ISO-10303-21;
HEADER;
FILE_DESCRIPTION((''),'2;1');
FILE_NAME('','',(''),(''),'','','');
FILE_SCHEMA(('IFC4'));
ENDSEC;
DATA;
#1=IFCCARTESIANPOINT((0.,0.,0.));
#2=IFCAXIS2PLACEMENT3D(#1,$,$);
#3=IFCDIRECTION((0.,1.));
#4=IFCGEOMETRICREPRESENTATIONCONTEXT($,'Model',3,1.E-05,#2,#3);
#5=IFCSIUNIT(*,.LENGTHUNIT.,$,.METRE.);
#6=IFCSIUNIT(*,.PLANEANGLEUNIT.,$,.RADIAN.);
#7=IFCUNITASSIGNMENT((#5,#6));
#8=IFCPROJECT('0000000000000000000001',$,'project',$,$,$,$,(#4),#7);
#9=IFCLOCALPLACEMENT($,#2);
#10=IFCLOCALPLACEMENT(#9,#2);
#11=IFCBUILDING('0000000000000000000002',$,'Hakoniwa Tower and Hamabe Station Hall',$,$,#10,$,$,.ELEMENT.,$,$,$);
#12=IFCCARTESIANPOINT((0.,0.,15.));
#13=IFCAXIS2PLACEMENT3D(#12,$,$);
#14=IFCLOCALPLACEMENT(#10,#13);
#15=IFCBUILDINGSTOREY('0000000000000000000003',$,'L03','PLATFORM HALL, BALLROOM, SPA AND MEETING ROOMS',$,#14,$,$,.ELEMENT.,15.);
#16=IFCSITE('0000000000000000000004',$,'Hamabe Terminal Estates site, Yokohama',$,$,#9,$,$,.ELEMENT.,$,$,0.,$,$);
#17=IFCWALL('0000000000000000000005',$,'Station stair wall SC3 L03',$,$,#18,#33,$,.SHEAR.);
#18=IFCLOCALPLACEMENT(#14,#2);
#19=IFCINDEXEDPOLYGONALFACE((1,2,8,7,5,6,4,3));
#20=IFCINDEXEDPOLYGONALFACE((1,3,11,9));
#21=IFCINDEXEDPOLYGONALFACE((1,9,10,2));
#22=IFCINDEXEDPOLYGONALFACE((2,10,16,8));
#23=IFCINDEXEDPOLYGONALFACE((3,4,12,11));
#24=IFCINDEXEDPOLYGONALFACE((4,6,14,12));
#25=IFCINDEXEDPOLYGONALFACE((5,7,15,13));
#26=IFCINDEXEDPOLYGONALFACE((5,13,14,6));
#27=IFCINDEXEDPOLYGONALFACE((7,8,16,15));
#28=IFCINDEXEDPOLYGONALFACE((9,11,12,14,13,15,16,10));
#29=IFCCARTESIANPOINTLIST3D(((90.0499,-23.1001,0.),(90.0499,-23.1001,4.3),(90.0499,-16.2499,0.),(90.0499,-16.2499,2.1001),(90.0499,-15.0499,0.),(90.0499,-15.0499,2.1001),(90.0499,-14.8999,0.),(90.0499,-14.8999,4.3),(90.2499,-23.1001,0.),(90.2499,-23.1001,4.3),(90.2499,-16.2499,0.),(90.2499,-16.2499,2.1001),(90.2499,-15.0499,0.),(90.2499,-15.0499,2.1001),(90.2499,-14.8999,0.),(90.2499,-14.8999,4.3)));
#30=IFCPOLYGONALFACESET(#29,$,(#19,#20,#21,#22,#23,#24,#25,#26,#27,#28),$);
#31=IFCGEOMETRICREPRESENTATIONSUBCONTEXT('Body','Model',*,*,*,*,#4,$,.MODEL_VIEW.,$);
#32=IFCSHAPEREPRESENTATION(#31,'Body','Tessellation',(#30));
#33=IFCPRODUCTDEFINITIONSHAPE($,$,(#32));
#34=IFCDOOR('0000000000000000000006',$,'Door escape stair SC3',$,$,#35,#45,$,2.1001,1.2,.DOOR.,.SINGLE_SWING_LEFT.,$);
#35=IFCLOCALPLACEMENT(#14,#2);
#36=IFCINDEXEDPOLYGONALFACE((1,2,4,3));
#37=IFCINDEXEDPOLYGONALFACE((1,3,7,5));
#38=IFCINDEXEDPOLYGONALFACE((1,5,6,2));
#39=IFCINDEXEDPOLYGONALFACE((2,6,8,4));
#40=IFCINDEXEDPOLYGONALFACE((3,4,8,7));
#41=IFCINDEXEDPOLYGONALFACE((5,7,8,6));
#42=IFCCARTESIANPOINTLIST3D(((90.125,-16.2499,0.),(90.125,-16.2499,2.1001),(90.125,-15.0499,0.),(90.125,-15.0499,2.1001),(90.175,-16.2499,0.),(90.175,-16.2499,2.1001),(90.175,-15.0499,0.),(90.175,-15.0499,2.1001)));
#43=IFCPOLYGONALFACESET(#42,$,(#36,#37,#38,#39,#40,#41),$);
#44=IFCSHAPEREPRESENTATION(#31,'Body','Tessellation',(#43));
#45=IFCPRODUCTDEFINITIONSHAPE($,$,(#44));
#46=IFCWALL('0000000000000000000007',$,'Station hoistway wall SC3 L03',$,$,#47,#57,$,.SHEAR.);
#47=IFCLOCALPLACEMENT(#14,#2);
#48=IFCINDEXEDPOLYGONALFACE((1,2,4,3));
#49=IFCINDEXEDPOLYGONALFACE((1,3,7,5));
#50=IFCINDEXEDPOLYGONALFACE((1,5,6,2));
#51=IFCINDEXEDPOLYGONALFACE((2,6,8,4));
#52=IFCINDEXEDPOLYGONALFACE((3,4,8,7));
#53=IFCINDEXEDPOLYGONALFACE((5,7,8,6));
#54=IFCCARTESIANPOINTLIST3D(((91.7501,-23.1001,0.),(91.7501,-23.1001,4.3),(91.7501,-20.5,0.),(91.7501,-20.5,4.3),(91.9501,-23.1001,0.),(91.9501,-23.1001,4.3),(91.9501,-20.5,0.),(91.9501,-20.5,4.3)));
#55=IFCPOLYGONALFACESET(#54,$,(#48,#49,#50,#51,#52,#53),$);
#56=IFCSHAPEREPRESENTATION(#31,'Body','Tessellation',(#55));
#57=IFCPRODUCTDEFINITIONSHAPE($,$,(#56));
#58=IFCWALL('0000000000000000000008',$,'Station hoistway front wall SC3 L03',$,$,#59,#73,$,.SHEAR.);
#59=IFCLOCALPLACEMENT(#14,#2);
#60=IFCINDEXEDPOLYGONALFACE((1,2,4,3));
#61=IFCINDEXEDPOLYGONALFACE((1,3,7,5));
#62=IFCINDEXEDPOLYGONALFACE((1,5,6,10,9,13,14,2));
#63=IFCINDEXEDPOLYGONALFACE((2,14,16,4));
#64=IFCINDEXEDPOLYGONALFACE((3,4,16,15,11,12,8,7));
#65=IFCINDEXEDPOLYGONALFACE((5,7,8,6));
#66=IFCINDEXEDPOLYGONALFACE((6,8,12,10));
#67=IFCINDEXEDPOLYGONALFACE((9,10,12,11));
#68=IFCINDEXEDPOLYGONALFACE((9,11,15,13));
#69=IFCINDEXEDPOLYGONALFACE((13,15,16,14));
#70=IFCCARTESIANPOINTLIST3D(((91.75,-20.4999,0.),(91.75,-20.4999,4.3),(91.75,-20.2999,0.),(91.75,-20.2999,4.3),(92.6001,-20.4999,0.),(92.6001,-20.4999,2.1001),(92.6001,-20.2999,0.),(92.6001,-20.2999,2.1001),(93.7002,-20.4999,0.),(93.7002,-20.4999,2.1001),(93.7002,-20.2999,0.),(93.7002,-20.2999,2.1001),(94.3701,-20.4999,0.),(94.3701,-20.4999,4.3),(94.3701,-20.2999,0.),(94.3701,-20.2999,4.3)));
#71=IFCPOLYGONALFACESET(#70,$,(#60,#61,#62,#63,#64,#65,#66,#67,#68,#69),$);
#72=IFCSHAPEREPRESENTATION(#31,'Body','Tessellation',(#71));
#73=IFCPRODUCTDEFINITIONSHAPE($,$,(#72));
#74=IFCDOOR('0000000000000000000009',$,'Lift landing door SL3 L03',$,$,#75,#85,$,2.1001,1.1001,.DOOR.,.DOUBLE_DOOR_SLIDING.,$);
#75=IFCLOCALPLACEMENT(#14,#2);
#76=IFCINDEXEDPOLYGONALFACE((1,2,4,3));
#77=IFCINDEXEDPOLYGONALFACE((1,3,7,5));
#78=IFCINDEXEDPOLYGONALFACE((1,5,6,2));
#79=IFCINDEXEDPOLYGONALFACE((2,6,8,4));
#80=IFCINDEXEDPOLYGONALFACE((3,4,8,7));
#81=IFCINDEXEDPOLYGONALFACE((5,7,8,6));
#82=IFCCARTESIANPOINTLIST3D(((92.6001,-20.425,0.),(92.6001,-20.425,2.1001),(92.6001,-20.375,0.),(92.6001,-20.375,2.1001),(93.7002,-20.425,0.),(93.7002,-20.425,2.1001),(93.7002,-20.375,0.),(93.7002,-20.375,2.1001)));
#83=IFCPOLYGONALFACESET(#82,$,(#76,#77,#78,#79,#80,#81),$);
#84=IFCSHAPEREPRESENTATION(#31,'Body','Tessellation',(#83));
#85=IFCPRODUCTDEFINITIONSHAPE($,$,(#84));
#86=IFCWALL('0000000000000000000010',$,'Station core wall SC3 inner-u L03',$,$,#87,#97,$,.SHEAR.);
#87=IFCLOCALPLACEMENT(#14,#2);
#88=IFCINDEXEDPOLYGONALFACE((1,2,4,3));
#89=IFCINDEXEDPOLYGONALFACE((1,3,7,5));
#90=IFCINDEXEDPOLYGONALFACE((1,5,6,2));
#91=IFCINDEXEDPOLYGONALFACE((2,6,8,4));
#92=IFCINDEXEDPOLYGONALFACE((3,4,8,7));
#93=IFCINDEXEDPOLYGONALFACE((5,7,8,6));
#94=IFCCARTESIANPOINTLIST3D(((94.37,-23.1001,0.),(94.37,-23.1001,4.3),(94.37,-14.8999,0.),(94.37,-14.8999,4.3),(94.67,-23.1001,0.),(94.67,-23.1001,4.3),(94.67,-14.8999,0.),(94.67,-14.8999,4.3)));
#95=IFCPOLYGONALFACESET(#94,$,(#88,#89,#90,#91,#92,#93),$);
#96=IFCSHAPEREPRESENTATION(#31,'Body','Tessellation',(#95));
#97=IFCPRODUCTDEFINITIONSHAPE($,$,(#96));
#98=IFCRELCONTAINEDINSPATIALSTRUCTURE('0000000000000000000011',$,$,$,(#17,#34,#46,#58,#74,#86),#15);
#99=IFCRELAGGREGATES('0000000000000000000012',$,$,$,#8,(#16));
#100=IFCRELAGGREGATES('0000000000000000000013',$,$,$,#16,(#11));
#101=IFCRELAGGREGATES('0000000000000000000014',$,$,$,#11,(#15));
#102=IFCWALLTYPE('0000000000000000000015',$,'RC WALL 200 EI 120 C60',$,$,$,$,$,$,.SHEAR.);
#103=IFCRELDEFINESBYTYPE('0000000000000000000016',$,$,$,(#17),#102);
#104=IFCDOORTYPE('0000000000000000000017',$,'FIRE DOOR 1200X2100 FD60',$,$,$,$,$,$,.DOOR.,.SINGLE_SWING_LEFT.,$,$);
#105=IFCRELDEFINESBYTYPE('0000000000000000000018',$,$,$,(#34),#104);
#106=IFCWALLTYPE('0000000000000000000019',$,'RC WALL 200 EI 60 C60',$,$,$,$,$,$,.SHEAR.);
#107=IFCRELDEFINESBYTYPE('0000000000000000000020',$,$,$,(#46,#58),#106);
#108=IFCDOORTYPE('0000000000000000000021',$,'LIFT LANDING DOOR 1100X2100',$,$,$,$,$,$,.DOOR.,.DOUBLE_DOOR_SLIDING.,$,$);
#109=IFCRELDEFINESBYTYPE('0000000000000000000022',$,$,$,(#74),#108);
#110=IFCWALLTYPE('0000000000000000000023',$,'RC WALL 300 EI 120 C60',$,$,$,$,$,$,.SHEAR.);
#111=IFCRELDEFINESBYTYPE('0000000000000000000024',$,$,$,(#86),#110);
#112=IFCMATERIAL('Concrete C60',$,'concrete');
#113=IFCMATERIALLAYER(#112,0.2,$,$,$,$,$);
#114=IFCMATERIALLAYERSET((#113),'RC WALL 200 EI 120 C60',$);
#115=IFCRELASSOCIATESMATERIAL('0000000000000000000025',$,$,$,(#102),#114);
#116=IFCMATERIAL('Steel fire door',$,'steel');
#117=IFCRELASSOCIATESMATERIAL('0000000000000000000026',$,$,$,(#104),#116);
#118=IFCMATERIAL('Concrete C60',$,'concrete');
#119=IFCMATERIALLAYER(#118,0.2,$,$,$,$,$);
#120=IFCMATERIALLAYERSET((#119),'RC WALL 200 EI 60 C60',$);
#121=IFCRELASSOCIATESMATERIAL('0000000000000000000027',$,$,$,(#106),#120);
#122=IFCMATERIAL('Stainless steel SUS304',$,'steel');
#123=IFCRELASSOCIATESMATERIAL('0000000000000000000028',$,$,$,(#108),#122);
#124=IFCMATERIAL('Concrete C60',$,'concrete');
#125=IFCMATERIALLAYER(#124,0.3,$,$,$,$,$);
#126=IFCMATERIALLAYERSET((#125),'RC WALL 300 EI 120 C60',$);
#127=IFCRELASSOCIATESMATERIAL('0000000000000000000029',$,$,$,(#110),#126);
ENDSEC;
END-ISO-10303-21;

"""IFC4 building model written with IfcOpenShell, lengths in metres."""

from ifc_helpers import new_model, si_unit, direction, frame, frame_2d, origin, place, context, subcontext, project, spatial, rectangle, extrude, material, layer, layer_set, type_object, element, fill, save


model = new_model("IFC4")

# Units and contexts
model_context = context("Model", 3, precision=1e-05, world=origin(), true_north=direction((0.0, 1.0)))
body_context = subcontext(model_context, "Body", "Model", "MODEL_VIEW")
ifc_project = project(units=[si_unit("LENGTHUNIT", "METRE"), si_unit("PLANEANGLEUNIT", "RADIAN")], contexts=[model_context])

# Site, building, storey
site_placement = place(None, origin())
site = spatial("IfcSite", under=ifc_project, at=site_placement, Name="Hamabe Terminal Estates site, Yokohama", CompositionType="ELEMENT", RefElevation=0.0)
building_placement = place(site_placement, origin())
building = spatial("IfcBuilding", under=site, at=building_placement, Name="Hakoniwa Tower and Hamabe Station Hall", CompositionType="ELEMENT")
storey_placement = place(building_placement, frame((0.0, 0.0, 15.0)))
storey = spatial("IfcBuildingStorey", under=building, at=storey_placement, Name="L03", Description="PLATFORM HALL, BALLROOM, SPA AND MEETING ROOMS", CompositionType="ELEMENT", Elevation=15.0)

# Wall, opening, door
ifc_material_1 = material(Name="Concrete C60", Category="concrete")
ifc_layer_1 = layer(ifc_material_1, 0.2)
ifc_layer_set_1 = layer_set([ifc_layer_1], Name="RC WALL 200 EI 120 C60")
wall_type_1 = type_object("IfcWallType", Name="RC WALL 200 EI 120 C60", PredefinedType="SHEAR", material=ifc_layer_set_1)
wall_1_placement = place(storey_placement, frame((90.1499, -23.1001, 0.0), z_axis=(0.0, 0.0, 1.0), x_axis=(0.0, 1.0, 0.0)))
wall_1 = element("IfcWall", 1, at=wall_1_placement, inside=storey, type_object=wall_type_1, Name="Station stair wall SC3 L03", PredefinedType="SHEAR", context=body_context, shape_type="SweptSolid", body=[
    extrude(rectangle(XDim=8.2002, YDim=0.2, at=frame_2d((4.1001, 0.0))), origin(), (0.0, 0.0, 1.0), 4.3),
])
opening_1_placement = place(wall_1_placement, frame((6.8501, 0.0, 0.0)))
opening_1 = element("IfcOpeningElement", 2, at=opening_1_placement, cuts=wall_1, PredefinedType="OPENING", context=body_context, shape_type="SweptSolid", body=[
    extrude(rectangle(XDim=1.2, YDim=2.1001, at=frame_2d((0.6001, 1.05))), frame((0.0, 0.1099, 0.0), z_axis=(0.0, -1.0, 0.0), x_axis=(1.0, 0.0, 0.0)), (0.0, 0.0, 1.0), 0.22),
])
ifc_material_2 = material(Name="Steel fire door", Category="steel")
door_type_1 = type_object("IfcDoorType", Name="FIRE DOOR 1200X2100 FD60", OperationType="SINGLE_SWING_LEFT", PredefinedType="DOOR", material=ifc_material_2)
door_1_placement = place(opening_1_placement, origin())
door_1 = element("IfcDoor", 3, at=door_1_placement, inside=storey, type_object=door_type_1, Name="Door escape stair SC3", OperationType="SINGLE_SWING_LEFT", OverallHeight=2.1001, OverallWidth=1.2, PredefinedType="DOOR", context=body_context, shape_type="SweptSolid", body=[
    extrude(rectangle(XDim=1.2, YDim=2.1001, at=frame_2d((0.6001, 1.05))), frame((0.0, 0.0249, 0.0), z_axis=(0.0, -1.0, 0.0), x_axis=(1.0, 0.0, 0.0)), (0.0, 0.0, 1.0), 0.05),
])
fill(opening_1, door_1)

# Wall
ifc_material_3 = material(Name="Concrete C60", Category="concrete")
ifc_layer_2 = layer(ifc_material_3, 0.2)
ifc_layer_set_2 = layer_set([ifc_layer_2], Name="RC WALL 200 EI 60 C60")
wall_type_2 = type_object("IfcWallType", Name="RC WALL 200 EI 60 C60", PredefinedType="SHEAR", material=ifc_layer_set_2)
wall_2_placement = place(storey_placement, frame((91.8501, -23.1001, 0.0), z_axis=(0.0, 0.0, 1.0), x_axis=(0.0, 1.0, 0.0)))
element("IfcWall", 4, at=wall_2_placement, inside=storey, type_object=wall_type_2, Name="Station hoistway wall SC3 L03", PredefinedType="SHEAR", context=body_context, shape_type="SweptSolid", body=[
    extrude(rectangle(XDim=2.6001, YDim=0.2, at=frame_2d((1.3, 0.0))), origin(), (0.0, 0.0, 1.0), 4.3),
])

# Wall, opening, door
wall_3_placement = place(storey_placement, frame((91.75, -20.3999, 0.0), z_axis=(0.0, 0.0, 1.0), x_axis=(1.0, 0.0, 0.0)))
wall_3 = element("IfcWall", 5, at=wall_3_placement, inside=storey, type_object=wall_type_2, Name="Station hoistway front wall SC3 L03", PredefinedType="SHEAR", context=body_context, shape_type="SweptSolid", body=[
    extrude(rectangle(XDim=2.6201, YDim=0.2, at=frame_2d((1.3101, 0.0))), origin(), (0.0, 0.0, 1.0), 4.3),
])
opening_2_placement = place(wall_3_placement, frame((0.8501, 0.0, 0.0)))
opening_2 = element("IfcOpeningElement", 6, at=opening_2_placement, cuts=wall_3, PredefinedType="OPENING", context=body_context, shape_type="SweptSolid", body=[
    extrude(rectangle(XDim=1.1001, YDim=2.1001, at=frame_2d((0.55, 1.05))), frame((0.0, 0.1099, 0.0), z_axis=(0.0, -1.0, 0.0), x_axis=(1.0, 0.0, 0.0)), (0.0, 0.0, 1.0), 0.22),
])
ifc_material_4 = material(Name="Stainless steel SUS304", Category="steel")
door_type_2 = type_object("IfcDoorType", Name="LIFT LANDING DOOR 1100X2100", OperationType="DOUBLE_DOOR_SLIDING", PredefinedType="DOOR", material=ifc_material_4)
door_2_placement = place(opening_2_placement, origin())
door_2 = element("IfcDoor", 7, at=door_2_placement, inside=storey, type_object=door_type_2, Name="Lift landing door SL3 L03", OperationType="DOUBLE_DOOR_SLIDING", OverallHeight=2.1001, OverallWidth=1.1001, PredefinedType="DOOR", context=body_context, shape_type="SweptSolid", body=[
    extrude(rectangle(XDim=1.1001, YDim=2.1001, at=frame_2d((0.55, 1.05))), frame((0.0, 0.0249, 0.0), z_axis=(0.0, -1.0, 0.0), x_axis=(1.0, 0.0, 0.0)), (0.0, 0.0, 1.0), 0.05),
])
fill(opening_2, door_2)

# Wall
ifc_material_5 = material(Name="Concrete C60", Category="concrete")
ifc_layer_3 = layer(ifc_material_5, 0.3)
ifc_layer_set_3 = layer_set([ifc_layer_3], Name="RC WALL 300 EI 120 C60")
wall_type_3 = type_object("IfcWallType", Name="RC WALL 300 EI 120 C60", PredefinedType="SHEAR", material=ifc_layer_set_3)
wall_4_placement = place(storey_placement, frame((94.52, -23.1001, 0.0), z_axis=(0.0, 0.0, 1.0), x_axis=(0.0, 1.0, 0.0)))
element("IfcWall", 8, at=wall_4_placement, inside=storey, type_object=wall_type_3, Name="Station core wall SC3 inner-u L03", PredefinedType="SHEAR", context=body_context, shape_type="SweptSolid", body=[
    extrude(rectangle(XDim=8.2002, YDim=0.3, at=frame_2d((4.1001, 0.0))), origin(), (0.0, 0.0, 1.0), 4.3),
])

save(model, "model.ifc")
